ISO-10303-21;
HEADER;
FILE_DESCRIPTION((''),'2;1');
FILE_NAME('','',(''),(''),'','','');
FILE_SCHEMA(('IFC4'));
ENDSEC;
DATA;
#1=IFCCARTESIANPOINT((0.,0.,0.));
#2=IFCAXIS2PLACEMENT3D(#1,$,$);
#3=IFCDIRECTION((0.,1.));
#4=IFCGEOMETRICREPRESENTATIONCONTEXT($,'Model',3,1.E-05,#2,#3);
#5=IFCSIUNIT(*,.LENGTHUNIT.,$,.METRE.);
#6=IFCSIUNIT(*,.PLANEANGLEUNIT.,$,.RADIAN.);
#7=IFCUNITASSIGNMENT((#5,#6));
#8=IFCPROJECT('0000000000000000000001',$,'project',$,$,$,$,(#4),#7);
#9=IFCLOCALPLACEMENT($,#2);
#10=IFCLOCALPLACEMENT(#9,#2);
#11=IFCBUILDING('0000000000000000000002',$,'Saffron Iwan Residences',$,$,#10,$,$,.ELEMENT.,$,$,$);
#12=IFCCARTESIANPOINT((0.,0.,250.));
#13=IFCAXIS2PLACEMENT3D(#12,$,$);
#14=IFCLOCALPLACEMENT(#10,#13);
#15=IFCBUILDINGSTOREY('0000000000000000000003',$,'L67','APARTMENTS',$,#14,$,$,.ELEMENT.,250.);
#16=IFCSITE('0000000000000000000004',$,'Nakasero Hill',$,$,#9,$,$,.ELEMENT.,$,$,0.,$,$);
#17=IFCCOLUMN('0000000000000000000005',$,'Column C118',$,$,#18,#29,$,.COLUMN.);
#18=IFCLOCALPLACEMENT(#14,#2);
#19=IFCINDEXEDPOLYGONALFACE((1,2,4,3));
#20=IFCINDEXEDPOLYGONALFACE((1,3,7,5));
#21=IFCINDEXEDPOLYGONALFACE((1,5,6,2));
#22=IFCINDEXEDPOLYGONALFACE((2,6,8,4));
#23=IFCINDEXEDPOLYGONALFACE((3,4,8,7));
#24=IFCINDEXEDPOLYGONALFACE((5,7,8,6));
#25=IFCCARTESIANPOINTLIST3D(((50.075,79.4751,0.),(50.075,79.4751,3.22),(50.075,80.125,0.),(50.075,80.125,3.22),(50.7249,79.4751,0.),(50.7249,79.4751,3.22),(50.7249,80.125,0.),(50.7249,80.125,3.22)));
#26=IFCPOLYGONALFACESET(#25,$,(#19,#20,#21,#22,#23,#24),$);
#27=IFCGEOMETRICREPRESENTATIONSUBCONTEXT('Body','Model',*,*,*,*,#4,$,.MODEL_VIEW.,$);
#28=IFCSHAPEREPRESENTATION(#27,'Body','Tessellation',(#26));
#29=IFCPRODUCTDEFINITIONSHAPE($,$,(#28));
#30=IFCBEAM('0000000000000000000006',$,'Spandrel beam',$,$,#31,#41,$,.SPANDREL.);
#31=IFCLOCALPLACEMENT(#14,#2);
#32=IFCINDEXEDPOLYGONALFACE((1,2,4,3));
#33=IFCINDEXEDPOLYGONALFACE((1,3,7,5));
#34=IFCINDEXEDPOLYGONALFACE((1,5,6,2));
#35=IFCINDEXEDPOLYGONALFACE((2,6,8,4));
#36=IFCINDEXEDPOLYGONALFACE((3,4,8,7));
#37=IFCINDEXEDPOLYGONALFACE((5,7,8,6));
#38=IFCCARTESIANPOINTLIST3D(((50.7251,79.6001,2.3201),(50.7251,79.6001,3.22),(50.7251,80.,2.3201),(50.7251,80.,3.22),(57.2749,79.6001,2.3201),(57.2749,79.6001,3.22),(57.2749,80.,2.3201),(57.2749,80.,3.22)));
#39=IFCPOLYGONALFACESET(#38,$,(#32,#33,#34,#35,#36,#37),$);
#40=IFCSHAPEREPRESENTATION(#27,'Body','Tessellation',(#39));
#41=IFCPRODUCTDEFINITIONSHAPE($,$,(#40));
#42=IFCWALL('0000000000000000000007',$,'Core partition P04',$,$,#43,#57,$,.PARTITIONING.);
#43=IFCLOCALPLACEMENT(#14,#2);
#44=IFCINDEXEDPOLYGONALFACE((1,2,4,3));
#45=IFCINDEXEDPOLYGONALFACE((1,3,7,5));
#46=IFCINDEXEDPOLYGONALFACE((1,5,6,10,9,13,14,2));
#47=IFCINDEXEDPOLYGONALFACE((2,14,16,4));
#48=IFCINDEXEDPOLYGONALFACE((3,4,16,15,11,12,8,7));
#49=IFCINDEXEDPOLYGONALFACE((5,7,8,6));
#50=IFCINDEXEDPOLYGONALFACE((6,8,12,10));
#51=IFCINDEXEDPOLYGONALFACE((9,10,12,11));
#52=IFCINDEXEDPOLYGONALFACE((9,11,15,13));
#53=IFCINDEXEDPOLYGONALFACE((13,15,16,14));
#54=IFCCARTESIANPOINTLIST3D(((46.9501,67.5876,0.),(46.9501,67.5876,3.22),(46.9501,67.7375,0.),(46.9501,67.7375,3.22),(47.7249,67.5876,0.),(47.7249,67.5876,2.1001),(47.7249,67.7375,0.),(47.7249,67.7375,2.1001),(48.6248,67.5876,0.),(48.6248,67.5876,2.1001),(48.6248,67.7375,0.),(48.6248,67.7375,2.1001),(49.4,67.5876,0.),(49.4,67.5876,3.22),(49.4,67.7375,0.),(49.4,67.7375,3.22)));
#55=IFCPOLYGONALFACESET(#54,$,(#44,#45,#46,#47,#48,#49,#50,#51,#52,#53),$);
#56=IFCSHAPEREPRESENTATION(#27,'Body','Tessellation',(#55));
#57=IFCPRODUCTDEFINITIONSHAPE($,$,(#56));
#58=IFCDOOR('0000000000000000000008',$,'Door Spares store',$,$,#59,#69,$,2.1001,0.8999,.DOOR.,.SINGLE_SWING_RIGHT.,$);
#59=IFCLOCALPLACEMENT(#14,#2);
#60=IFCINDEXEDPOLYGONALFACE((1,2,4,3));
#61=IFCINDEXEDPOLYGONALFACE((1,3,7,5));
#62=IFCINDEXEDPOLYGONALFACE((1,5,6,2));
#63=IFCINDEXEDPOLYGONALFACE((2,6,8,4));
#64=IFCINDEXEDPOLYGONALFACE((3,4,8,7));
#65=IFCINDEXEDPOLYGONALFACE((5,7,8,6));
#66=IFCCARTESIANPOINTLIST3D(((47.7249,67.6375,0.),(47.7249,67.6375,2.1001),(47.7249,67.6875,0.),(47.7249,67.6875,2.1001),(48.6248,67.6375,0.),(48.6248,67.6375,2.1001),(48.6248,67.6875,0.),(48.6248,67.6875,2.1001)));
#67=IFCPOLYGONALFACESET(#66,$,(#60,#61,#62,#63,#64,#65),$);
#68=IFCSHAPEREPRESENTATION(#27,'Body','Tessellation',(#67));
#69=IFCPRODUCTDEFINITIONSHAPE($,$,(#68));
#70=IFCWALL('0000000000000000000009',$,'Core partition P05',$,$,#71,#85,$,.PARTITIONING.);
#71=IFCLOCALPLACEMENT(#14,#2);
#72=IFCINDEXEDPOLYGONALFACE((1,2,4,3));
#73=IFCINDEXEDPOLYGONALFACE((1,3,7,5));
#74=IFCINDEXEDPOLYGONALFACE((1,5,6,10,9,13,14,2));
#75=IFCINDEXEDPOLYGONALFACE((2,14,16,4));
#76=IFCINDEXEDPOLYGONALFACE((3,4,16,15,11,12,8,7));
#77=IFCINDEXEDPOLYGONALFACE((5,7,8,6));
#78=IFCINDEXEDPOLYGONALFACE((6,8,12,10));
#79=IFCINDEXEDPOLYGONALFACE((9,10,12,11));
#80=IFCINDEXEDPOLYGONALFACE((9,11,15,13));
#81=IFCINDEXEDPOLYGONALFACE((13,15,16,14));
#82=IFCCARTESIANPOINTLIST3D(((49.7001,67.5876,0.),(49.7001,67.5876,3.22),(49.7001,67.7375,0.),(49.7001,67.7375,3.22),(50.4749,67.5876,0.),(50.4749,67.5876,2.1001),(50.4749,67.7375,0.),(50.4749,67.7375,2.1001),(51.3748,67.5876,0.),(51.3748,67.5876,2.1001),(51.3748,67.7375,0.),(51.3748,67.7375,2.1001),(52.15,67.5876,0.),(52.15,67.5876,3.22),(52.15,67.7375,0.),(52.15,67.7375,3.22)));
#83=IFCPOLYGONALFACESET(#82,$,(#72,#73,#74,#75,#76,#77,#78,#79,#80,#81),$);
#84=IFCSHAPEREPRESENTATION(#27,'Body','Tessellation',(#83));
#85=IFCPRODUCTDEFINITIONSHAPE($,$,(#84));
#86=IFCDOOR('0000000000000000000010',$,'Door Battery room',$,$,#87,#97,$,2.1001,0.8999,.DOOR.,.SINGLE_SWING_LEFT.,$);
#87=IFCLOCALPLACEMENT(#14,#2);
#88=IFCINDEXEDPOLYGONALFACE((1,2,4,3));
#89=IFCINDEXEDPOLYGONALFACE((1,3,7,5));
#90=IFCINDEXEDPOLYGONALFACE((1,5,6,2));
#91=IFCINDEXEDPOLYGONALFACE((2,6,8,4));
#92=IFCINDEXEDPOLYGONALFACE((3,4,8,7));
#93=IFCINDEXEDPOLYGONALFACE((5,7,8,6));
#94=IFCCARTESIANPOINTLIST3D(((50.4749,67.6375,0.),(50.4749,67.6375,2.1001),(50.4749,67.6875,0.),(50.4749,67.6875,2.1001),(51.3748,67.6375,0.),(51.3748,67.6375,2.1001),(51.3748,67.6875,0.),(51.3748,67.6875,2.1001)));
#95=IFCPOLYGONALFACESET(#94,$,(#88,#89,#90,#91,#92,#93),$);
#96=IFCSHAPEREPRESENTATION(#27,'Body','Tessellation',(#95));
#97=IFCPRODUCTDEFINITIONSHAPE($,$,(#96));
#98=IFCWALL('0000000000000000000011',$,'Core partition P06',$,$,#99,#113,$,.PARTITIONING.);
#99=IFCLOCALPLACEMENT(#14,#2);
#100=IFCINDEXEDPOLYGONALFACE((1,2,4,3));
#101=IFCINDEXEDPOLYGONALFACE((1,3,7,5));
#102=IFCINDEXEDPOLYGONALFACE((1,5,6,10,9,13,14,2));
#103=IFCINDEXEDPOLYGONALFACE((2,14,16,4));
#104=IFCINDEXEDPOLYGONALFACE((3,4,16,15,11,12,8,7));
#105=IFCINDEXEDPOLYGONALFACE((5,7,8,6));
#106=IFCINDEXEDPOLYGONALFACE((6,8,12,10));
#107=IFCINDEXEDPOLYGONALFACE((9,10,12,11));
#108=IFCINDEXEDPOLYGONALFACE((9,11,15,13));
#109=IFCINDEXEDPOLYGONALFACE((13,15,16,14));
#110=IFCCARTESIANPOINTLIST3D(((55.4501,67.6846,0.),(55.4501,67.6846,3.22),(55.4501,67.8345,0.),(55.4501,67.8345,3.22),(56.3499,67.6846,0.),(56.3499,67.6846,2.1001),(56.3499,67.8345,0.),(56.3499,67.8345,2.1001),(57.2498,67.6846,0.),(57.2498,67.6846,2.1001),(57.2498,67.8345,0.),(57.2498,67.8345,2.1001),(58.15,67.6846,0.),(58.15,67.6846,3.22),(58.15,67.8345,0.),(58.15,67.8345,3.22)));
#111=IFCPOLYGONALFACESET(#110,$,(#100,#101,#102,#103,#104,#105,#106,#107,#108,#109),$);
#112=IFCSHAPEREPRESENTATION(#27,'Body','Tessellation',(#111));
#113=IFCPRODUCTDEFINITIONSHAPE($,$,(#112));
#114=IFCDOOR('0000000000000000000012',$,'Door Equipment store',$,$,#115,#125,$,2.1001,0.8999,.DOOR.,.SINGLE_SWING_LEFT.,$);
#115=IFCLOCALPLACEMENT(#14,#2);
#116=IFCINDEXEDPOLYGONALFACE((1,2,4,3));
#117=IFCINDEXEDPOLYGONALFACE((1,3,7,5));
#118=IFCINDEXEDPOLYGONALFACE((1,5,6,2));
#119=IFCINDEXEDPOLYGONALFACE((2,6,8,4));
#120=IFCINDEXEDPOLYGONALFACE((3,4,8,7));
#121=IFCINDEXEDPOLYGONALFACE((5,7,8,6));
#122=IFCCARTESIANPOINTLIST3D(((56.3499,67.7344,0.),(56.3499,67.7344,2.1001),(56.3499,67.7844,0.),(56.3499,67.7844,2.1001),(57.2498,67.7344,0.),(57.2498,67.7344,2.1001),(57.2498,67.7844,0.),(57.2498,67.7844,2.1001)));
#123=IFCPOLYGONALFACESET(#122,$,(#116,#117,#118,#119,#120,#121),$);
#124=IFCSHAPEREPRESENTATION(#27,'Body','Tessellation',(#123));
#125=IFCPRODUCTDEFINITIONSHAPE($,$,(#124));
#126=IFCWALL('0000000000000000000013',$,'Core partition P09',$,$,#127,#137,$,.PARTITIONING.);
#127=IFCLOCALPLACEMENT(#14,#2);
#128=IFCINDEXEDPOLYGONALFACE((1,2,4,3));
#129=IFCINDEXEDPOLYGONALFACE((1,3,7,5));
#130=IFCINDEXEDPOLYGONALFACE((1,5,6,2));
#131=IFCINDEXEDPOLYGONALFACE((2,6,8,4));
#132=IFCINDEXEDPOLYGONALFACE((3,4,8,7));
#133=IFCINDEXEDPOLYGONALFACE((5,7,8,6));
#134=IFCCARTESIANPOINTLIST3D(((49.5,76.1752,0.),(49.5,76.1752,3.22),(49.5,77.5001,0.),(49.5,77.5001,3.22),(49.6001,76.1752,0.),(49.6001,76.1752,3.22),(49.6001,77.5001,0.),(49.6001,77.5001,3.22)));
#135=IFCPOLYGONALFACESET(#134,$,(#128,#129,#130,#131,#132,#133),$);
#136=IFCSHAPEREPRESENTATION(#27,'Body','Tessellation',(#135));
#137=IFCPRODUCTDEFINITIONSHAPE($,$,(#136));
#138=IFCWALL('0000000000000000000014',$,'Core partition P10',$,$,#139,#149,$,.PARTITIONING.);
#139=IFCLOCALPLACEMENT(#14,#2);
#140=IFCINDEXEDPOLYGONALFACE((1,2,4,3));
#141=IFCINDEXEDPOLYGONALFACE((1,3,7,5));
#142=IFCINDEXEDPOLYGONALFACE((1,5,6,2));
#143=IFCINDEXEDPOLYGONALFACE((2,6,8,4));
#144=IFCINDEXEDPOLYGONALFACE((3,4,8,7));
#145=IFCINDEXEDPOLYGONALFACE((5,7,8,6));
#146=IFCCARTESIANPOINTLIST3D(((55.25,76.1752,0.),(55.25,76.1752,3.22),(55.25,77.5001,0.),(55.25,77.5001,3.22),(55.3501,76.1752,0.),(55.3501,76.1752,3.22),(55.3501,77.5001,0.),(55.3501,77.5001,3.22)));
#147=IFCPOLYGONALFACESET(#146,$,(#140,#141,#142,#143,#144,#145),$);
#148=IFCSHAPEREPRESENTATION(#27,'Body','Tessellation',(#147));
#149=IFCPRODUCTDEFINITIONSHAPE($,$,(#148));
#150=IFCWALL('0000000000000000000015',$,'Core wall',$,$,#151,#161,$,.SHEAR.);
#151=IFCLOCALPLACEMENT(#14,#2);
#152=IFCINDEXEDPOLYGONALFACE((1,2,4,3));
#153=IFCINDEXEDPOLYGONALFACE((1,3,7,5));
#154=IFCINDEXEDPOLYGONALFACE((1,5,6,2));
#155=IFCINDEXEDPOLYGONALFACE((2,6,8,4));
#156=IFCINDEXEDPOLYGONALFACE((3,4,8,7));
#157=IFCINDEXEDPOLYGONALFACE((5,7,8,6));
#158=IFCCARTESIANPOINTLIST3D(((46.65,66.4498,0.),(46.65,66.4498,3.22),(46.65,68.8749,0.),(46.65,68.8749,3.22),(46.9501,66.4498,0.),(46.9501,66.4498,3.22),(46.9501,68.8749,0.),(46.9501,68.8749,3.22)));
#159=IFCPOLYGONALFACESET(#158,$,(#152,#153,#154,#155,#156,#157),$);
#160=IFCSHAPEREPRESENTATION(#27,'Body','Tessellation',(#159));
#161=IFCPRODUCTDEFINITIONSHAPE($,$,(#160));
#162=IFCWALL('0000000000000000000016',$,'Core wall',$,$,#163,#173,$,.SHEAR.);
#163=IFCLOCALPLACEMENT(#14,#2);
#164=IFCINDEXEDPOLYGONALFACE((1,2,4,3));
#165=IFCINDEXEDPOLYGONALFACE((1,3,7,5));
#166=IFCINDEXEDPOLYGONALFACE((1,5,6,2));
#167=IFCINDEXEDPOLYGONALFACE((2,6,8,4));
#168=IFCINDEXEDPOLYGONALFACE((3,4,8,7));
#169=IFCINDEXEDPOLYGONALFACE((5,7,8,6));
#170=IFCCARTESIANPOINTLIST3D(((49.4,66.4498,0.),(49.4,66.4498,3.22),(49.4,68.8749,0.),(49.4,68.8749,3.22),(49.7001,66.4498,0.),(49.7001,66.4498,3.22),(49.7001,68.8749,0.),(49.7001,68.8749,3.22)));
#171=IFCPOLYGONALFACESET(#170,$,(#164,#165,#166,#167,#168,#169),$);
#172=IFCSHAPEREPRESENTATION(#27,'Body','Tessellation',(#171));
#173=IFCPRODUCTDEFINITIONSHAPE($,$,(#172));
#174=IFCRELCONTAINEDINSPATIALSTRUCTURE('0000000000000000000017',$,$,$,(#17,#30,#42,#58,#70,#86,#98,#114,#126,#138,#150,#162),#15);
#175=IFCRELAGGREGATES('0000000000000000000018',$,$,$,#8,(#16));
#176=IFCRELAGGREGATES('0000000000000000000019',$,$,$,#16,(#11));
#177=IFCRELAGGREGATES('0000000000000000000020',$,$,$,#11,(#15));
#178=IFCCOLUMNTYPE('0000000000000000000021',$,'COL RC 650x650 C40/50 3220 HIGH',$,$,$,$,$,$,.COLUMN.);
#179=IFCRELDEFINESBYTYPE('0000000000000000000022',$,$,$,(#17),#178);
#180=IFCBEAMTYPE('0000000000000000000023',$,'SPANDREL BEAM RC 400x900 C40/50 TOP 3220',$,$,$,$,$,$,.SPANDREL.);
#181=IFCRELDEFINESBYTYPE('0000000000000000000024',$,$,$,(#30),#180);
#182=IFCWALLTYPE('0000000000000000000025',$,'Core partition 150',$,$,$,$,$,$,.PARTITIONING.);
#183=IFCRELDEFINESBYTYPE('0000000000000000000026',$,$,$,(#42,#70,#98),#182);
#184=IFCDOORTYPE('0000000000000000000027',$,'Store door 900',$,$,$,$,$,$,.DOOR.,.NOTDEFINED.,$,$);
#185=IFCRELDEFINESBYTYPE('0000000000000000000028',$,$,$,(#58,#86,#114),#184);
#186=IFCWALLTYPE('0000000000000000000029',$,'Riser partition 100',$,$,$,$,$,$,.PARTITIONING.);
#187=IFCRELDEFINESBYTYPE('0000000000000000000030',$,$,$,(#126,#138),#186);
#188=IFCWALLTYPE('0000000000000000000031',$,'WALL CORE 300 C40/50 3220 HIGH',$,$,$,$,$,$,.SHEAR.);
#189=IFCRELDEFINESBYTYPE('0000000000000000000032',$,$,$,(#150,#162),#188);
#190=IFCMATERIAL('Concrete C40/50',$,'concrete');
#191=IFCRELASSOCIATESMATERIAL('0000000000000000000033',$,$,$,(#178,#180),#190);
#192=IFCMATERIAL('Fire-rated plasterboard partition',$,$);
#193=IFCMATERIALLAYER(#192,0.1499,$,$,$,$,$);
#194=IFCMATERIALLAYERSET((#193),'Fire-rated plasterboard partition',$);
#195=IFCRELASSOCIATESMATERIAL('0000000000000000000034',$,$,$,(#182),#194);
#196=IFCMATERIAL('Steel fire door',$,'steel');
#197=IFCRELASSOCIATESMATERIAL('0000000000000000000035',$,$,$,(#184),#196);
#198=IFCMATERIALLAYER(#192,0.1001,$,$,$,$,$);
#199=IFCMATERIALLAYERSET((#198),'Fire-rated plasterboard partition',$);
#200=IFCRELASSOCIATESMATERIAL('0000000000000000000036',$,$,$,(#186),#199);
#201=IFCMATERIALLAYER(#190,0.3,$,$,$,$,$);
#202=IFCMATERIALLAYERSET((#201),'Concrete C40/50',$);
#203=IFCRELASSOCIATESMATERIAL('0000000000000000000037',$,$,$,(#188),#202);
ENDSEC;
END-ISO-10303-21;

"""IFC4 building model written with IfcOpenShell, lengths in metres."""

from ifc_helpers import new_model, si_unit, direction, frame, frame_2d, origin, origin_2d, place, context, subcontext, project, spatial, rectangle, extrude, source, transform, mapped, material, layer, layer_set, material_profile, profile_set, type_object, element, fill, save


model = new_model("IFC4")

# Units and contexts
model_context = context("Model", 3, precision=1e-05, world=origin(), true_north=direction((0.0, 1.0)))
body_context = subcontext(model_context, "Body", "Model", "MODEL_VIEW")
ifc_project = project(units=[si_unit("LENGTHUNIT", "METRE"), si_unit("PLANEANGLEUNIT", "RADIAN")], contexts=[model_context])

# Site, building, storey
site_placement = place(None, origin())
site = spatial("IfcSite", under=ifc_project, at=site_placement, Name="Nakasero Hill", CompositionType="ELEMENT", RefElevation=0.0)
building_placement = place(site_placement, origin())
building = spatial("IfcBuilding", under=site, at=building_placement, Name="Saffron Iwan Residences", CompositionType="ELEMENT")
storey_placement = place(building_placement, frame((0.0, 0.0, 250.0)))
storey = spatial("IfcBuildingStorey", under=building, at=storey_placement, Name="L67", Description="APARTMENTS", CompositionType="ELEMENT", Elevation=250.0)

# Column
ifc_material_1 = material(Name="Concrete C40/50", Category="concrete")
ifc_material_profile_1 = material_profile(ifc_material_1, rectangle(XDim=0.6499, YDim=0.6499, at=origin_2d()), Name="RC 650x650")
ifc_profile_set_1 = profile_set([ifc_material_profile_1], Name="Concrete C40/50")
column_type = type_object("IfcColumnType", Name="COL RC 650x650 C40/50 3220 HIGH", PredefinedType="COLUMN", material=ifc_profile_set_1)
shared_shape_1 = source(origin(), body_context, "Body", "SweptSolid", [
    extrude(rectangle(XDim=0.6499, YDim=0.6499, at=origin_2d()), origin(), (0.0, 0.0, 1.0), 3.22),
])
column_placement = place(storey_placement, frame((50.3999, 79.8, 0.0), z_axis=(0.0, 0.0, 1.0), x_axis=(1.0, 0.0, 0.0)))
element("IfcColumn", 1, at=column_placement, inside=storey, type_object=column_type, Name="Column C118", PredefinedType="COLUMN", context=body_context, shape_type="MappedRepresentation", body=[
    mapped(shared_shape_1, transform((0.0, 0.0, 0.0))),
])

# Beam
ifc_material_profile_2 = material_profile(ifc_material_1, rectangle(XDim=0.3999, YDim=0.8999, at=origin_2d()), Name="RC 400x900")
ifc_profile_set_2 = profile_set([ifc_material_profile_2], Name="Concrete C40/50")
beam_type = type_object("IfcBeamType", Name="SPANDREL BEAM RC 400x900 C40/50 TOP 3220", PredefinedType="SPANDREL", material=ifc_profile_set_2)
shared_shape_2 = source(origin(), body_context, "Body", "SweptSolid", [
    extrude(rectangle(XDim=0.3999, YDim=0.8999, at=origin_2d()), origin(), (0.0, 0.0, 1.0), 6.5498),
])
beam_placement = place(storey_placement, frame((50.7251, 79.8, 2.77), z_axis=(1.0, 0.0, 0.0), x_axis=(0.0, 1.0, 0.0)))
element("IfcBeam", 2, at=beam_placement, inside=storey, type_object=beam_type, Name="Spandrel beam", PredefinedType="SPANDREL", context=body_context, shape_type="MappedRepresentation", body=[
    mapped(shared_shape_2, transform((0.0, 0.0, 0.0))),
])

# Walls, openings, doors
ifc_material_2 = material(Name="Fire-rated plasterboard partition")
ifc_layer_1 = layer(ifc_material_2, 0.1499)
ifc_layer_set_1 = layer_set([ifc_layer_1], Name="Fire-rated plasterboard partition")
wall_type_1 = type_object("IfcWallType", Name="Core partition 150", PredefinedType="PARTITIONING", material=ifc_layer_set_1)
wall_1_placement = place(storey_placement, frame((46.95, 67.6626, 0.0), z_axis=(0.0, 0.0, 1.0), x_axis=(1.0, 0.0, 0.0)))
wall_1 = element("IfcWall", 3, at=wall_1_placement, inside=storey, type_object=wall_type_1, Name="Core partition P04", PredefinedType="PARTITIONING", context=body_context, shape_type="SweptSolid", body=[
    extrude(rectangle(XDim=2.45, YDim=0.1499, at=frame_2d((1.2251, 0.0))), origin(), (0.0, 0.0, 1.0), 3.22),
])
opening_1_placement = place(wall_1_placement, frame((0.7749, 0.0, 0.0)))
opening_1 = element("IfcOpeningElement", 4, at=opening_1_placement, cuts=wall_1, PredefinedType="OPENING", context=body_context, shape_type="SweptSolid", body=[
    extrude(rectangle(XDim=0.8999, YDim=2.1001, at=frame_2d((0.45, 1.05))), frame((0.0, 0.085, 0.0), z_axis=(0.0, -1.0, 0.0), x_axis=(1.0, 0.0, 0.0)), (0.0, 0.0, 1.0), 0.1699),
])
ifc_material_3 = material(Name="Steel fire door", Category="steel")
door_type = type_object("IfcDoorType", Name="Store door 900", OperationType="NOTDEFINED", PredefinedType="DOOR", material=ifc_material_3)
door_1_placement = place(opening_1_placement, origin())
door_1 = element("IfcDoor", 5, at=door_1_placement, inside=storey, type_object=door_type, Name="Door Spares store", OperationType="SINGLE_SWING_RIGHT", OverallHeight=2.1001, OverallWidth=0.8999, PredefinedType="DOOR", context=body_context, shape_type="SweptSolid", body=[
    extrude(rectangle(XDim=0.8999, YDim=2.1001, at=frame_2d((0.45, 1.05))), frame((0.0, 0.0249, 0.0), z_axis=(0.0, -1.0, 0.0), x_axis=(1.0, 0.0, 0.0)), (0.0, 0.0, 1.0), 0.05),
])
fill(opening_1, door_1)
wall_2_placement = place(storey_placement, frame((49.7, 67.6626, 0.0), z_axis=(0.0, 0.0, 1.0), x_axis=(1.0, 0.0, 0.0)))
wall_2 = element("IfcWall", 6, at=wall_2_placement, inside=storey, type_object=wall_type_1, Name="Core partition P05", PredefinedType="PARTITIONING", context=body_context, shape_type="SweptSolid", body=[
    extrude(rectangle(XDim=2.45, YDim=0.1499, at=frame_2d((1.2251, 0.0))), origin(), (0.0, 0.0, 1.0), 3.22),
])
opening_2_placement = place(wall_2_placement, frame((0.7749, 0.0, 0.0)))
opening_2 = element("IfcOpeningElement", 7, at=opening_2_placement, cuts=wall_2, PredefinedType="OPENING", context=body_context, shape_type="SweptSolid", body=[
    extrude(rectangle(XDim=0.8999, YDim=2.1001, at=frame_2d((0.45, 1.05))), frame((0.0, 0.085, 0.0), z_axis=(0.0, -1.0, 0.0), x_axis=(1.0, 0.0, 0.0)), (0.0, 0.0, 1.0), 0.1699),
])
door_2_placement = place(opening_2_placement, origin())
door_2 = element("IfcDoor", 8, at=door_2_placement, inside=storey, type_object=door_type, Name="Door Battery room", OperationType="SINGLE_SWING_LEFT", OverallHeight=2.1001, OverallWidth=0.8999, PredefinedType="DOOR", context=body_context, shape_type="SweptSolid", body=[
    extrude(rectangle(XDim=0.8999, YDim=2.1001, at=frame_2d((0.45, 1.05))), frame((0.0, 0.0249, 0.0), z_axis=(0.0, -1.0, 0.0), x_axis=(1.0, 0.0, 0.0)), (0.0, 0.0, 1.0), 0.05),
])
fill(opening_2, door_2)
wall_3_placement = place(storey_placement, frame((55.45, 67.7595, 0.0), z_axis=(0.0, 0.0, 1.0), x_axis=(1.0, 0.0, 0.0)))
wall_3 = element("IfcWall", 9, at=wall_3_placement, inside=storey, type_object=wall_type_1, Name="Core partition P06", PredefinedType="PARTITIONING", context=body_context, shape_type="SweptSolid", body=[
    extrude(rectangle(XDim=2.7, YDim=0.1499, at=frame_2d((1.3501, 0.0))), origin(), (0.0, 0.0, 1.0), 3.22),
])
opening_3_placement = place(wall_3_placement, frame((0.8999, 0.0, 0.0)))
opening_3 = element("IfcOpeningElement", 10, at=opening_3_placement, cuts=wall_3, PredefinedType="OPENING", context=body_context, shape_type="SweptSolid", body=[
    extrude(rectangle(XDim=0.8999, YDim=2.1001, at=frame_2d((0.45, 1.05))), frame((0.0, 0.085, 0.0), z_axis=(0.0, -1.0, 0.0), x_axis=(1.0, 0.0, 0.0)), (0.0, 0.0, 1.0), 0.1699),
])
door_3_placement = place(opening_3_placement, origin())
door_3 = element("IfcDoor", 11, at=door_3_placement, inside=storey, type_object=door_type, Name="Door Equipment store", OperationType="SINGLE_SWING_LEFT", OverallHeight=2.1001, OverallWidth=0.8999, PredefinedType="DOOR", context=body_context, shape_type="SweptSolid", body=[
    extrude(rectangle(XDim=0.8999, YDim=2.1001, at=frame_2d((0.45, 1.05))), frame((0.0, 0.0249, 0.0), z_axis=(0.0, -1.0, 0.0), x_axis=(1.0, 0.0, 0.0)), (0.0, 0.0, 1.0), 0.05),
])
fill(opening_3, door_3)

# Walls
ifc_layer_2 = layer(ifc_material_2, 0.1001)
ifc_layer_set_2 = layer_set([ifc_layer_2], Name="Fire-rated plasterboard partition")
wall_type_2 = type_object("IfcWallType", Name="Riser partition 100", PredefinedType="PARTITIONING", material=ifc_layer_set_2)
for number, where, z_axis, x_axis, name in (
    (12, (49.55, 76.175, 0.0), (0.0, 0.0, 1.0), (0.0, 1.0, 0.0), "Core partition P09"),
    (13, (55.3, 76.175, 0.0), (0.0, 0.0, 1.0), (0.0, 1.0, 0.0), "Core partition P10"),
):
    element("IfcWall", number, at=place(storey_placement, frame(where, z_axis=z_axis, x_axis=x_axis)), inside=storey, type_object=wall_type_2, Name=name, PredefinedType="PARTITIONING", context=body_context, shape_type="SweptSolid", body=[
        extrude(rectangle(XDim=1.325, YDim=0.1001, at=frame_2d((0.6626, 0.0))), origin(), (0.0, 0.0, 1.0), 3.22),
    ])
ifc_layer_3 = layer(ifc_material_1, 0.3)
ifc_layer_set_3 = layer_set([ifc_layer_3], Name="Concrete C40/50")
wall_type_3 = type_object("IfcWallType", Name="WALL CORE 300 C40/50 3220 HIGH", PredefinedType="SHEAR", material=ifc_layer_set_3)
for number, where, z_axis, x_axis, name in (
    (14, (46.8, 66.45, 0.0), (0.0, 0.0, 1.0), (0.0, 1.0, 0.0), "Core wall"),
    (15, (49.55, 66.45, 0.0), (0.0, 0.0, 1.0), (0.0, 1.0, 0.0), "Core wall"),
):
    element("IfcWall", number, at=place(storey_placement, frame(where, z_axis=z_axis, x_axis=x_axis)), inside=storey, type_object=wall_type_3, Name=name, PredefinedType="SHEAR", context=body_context, shape_type="SweptSolid", body=[
        extrude(rectangle(XDim=2.425, YDim=0.3, at=frame_2d((1.2124, 0.0))), origin(), (0.0, 0.0, 1.0), 3.22),
    ])

save(model, "model.ifc")
